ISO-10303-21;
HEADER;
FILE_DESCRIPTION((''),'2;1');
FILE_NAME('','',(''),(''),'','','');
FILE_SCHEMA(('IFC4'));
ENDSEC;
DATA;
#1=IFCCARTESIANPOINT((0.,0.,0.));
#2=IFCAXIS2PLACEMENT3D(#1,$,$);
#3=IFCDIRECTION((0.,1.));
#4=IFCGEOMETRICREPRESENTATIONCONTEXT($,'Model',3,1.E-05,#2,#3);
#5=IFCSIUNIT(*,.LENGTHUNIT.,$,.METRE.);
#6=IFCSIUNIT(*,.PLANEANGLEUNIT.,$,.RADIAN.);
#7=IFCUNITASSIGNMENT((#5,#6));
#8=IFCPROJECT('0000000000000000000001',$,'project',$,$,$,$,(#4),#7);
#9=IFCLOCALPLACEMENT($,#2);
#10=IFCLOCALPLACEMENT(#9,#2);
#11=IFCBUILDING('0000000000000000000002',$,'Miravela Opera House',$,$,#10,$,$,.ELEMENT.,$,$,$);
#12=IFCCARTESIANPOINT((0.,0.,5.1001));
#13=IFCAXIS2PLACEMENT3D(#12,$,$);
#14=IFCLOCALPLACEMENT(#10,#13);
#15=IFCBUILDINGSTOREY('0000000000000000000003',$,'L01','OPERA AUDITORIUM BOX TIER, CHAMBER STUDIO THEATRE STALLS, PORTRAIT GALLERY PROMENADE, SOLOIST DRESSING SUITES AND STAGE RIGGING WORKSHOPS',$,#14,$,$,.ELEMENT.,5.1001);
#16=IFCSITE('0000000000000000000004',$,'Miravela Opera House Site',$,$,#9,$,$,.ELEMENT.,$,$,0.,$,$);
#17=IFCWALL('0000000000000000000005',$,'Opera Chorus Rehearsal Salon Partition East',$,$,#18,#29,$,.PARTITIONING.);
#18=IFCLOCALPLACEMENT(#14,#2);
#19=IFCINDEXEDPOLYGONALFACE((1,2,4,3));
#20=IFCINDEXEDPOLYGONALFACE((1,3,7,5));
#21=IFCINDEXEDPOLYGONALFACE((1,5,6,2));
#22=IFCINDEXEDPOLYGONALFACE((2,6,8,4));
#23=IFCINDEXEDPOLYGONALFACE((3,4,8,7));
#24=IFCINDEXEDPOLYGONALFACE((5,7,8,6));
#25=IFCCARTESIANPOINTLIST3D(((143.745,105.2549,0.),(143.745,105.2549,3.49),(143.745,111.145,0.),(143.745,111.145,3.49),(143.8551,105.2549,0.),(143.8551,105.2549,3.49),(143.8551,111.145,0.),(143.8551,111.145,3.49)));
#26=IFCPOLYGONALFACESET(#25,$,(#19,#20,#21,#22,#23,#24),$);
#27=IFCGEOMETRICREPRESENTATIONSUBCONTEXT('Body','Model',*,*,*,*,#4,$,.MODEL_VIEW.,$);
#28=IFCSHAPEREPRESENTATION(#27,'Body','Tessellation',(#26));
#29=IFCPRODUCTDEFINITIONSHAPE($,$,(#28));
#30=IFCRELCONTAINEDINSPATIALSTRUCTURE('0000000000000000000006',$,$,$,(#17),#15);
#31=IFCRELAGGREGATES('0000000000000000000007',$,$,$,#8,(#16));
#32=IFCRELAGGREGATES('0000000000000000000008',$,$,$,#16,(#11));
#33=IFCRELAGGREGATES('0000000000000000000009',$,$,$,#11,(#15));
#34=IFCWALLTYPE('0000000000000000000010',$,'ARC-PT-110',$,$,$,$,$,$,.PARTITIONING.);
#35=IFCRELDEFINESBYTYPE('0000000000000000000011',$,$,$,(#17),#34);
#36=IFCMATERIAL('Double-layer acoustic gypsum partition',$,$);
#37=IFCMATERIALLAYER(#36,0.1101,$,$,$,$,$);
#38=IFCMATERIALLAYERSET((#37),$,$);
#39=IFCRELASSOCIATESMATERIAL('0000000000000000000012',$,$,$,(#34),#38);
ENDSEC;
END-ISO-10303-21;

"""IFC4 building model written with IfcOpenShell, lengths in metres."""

from ifc_helpers import new_model, si_unit, direction, frame, frame_2d, origin, place, context, subcontext, project, spatial, rectangle, extrude, material, layer, layer_set, type_object, element, save


model = new_model("IFC4")

# Units and contexts
model_context = context("Model", 3, precision=1e-05, world=origin(), true_north=direction((0.0, 1.0)))
body_context = subcontext(model_context, "Body", "Model", "MODEL_VIEW")
ifc_project = project(units=[si_unit("LENGTHUNIT", "METRE"), si_unit("PLANEANGLEUNIT", "RADIAN")], contexts=[model_context])

# Site, building, storey
site_placement = place(None, origin())
site = spatial("IfcSite", under=ifc_project, at=site_placement, Name="Miravela Opera House Site", CompositionType="ELEMENT", RefElevation=0.0)
building_placement = place(site_placement, origin())
building = spatial("IfcBuilding", under=site, at=building_placement, Name="Miravela Opera House", CompositionType="ELEMENT")
storey_placement = place(building_placement, frame((0.0, 0.0, 5.1001)))
storey = spatial("IfcBuildingStorey", under=building, at=storey_placement, Name="L01", Description="OPERA AUDITORIUM BOX TIER, CHAMBER STUDIO THEATRE STALLS, PORTRAIT GALLERY PROMENADE, SOLOIST DRESSING SUITES AND STAGE RIGGING WORKSHOPS", CompositionType="ELEMENT", Elevation=5.1001)

# Wall
ifc_material_1 = material(Name="Double-layer acoustic gypsum partition")
ifc_layer_1 = layer(ifc_material_1, 0.1101)
ifc_layer_set_1 = layer_set([ifc_layer_1])
wall_type = type_object("IfcWallType", Name="ARC-PT-110", PredefinedType="PARTITIONING", material=ifc_layer_set_1)
wall_placement = place(storey_placement, frame((143.8, 105.2549, 0.0), z_axis=(0.0, 0.0, 1.0), x_axis=(0.0, 1.0, 0.0)))
element("IfcWall", 1, at=wall_placement, inside=storey, type_object=wall_type, Name="Opera Chorus Rehearsal Salon Partition East", PredefinedType="PARTITIONING", context=body_context, shape_type="SweptSolid", body=[
    extrude(rectangle(XDim=5.8901, YDim=0.1101, at=frame_2d((2.9451, 0.0))), origin(), (0.0, 0.0, 1.0), 3.49),
])

save(model, "model.ifc")
